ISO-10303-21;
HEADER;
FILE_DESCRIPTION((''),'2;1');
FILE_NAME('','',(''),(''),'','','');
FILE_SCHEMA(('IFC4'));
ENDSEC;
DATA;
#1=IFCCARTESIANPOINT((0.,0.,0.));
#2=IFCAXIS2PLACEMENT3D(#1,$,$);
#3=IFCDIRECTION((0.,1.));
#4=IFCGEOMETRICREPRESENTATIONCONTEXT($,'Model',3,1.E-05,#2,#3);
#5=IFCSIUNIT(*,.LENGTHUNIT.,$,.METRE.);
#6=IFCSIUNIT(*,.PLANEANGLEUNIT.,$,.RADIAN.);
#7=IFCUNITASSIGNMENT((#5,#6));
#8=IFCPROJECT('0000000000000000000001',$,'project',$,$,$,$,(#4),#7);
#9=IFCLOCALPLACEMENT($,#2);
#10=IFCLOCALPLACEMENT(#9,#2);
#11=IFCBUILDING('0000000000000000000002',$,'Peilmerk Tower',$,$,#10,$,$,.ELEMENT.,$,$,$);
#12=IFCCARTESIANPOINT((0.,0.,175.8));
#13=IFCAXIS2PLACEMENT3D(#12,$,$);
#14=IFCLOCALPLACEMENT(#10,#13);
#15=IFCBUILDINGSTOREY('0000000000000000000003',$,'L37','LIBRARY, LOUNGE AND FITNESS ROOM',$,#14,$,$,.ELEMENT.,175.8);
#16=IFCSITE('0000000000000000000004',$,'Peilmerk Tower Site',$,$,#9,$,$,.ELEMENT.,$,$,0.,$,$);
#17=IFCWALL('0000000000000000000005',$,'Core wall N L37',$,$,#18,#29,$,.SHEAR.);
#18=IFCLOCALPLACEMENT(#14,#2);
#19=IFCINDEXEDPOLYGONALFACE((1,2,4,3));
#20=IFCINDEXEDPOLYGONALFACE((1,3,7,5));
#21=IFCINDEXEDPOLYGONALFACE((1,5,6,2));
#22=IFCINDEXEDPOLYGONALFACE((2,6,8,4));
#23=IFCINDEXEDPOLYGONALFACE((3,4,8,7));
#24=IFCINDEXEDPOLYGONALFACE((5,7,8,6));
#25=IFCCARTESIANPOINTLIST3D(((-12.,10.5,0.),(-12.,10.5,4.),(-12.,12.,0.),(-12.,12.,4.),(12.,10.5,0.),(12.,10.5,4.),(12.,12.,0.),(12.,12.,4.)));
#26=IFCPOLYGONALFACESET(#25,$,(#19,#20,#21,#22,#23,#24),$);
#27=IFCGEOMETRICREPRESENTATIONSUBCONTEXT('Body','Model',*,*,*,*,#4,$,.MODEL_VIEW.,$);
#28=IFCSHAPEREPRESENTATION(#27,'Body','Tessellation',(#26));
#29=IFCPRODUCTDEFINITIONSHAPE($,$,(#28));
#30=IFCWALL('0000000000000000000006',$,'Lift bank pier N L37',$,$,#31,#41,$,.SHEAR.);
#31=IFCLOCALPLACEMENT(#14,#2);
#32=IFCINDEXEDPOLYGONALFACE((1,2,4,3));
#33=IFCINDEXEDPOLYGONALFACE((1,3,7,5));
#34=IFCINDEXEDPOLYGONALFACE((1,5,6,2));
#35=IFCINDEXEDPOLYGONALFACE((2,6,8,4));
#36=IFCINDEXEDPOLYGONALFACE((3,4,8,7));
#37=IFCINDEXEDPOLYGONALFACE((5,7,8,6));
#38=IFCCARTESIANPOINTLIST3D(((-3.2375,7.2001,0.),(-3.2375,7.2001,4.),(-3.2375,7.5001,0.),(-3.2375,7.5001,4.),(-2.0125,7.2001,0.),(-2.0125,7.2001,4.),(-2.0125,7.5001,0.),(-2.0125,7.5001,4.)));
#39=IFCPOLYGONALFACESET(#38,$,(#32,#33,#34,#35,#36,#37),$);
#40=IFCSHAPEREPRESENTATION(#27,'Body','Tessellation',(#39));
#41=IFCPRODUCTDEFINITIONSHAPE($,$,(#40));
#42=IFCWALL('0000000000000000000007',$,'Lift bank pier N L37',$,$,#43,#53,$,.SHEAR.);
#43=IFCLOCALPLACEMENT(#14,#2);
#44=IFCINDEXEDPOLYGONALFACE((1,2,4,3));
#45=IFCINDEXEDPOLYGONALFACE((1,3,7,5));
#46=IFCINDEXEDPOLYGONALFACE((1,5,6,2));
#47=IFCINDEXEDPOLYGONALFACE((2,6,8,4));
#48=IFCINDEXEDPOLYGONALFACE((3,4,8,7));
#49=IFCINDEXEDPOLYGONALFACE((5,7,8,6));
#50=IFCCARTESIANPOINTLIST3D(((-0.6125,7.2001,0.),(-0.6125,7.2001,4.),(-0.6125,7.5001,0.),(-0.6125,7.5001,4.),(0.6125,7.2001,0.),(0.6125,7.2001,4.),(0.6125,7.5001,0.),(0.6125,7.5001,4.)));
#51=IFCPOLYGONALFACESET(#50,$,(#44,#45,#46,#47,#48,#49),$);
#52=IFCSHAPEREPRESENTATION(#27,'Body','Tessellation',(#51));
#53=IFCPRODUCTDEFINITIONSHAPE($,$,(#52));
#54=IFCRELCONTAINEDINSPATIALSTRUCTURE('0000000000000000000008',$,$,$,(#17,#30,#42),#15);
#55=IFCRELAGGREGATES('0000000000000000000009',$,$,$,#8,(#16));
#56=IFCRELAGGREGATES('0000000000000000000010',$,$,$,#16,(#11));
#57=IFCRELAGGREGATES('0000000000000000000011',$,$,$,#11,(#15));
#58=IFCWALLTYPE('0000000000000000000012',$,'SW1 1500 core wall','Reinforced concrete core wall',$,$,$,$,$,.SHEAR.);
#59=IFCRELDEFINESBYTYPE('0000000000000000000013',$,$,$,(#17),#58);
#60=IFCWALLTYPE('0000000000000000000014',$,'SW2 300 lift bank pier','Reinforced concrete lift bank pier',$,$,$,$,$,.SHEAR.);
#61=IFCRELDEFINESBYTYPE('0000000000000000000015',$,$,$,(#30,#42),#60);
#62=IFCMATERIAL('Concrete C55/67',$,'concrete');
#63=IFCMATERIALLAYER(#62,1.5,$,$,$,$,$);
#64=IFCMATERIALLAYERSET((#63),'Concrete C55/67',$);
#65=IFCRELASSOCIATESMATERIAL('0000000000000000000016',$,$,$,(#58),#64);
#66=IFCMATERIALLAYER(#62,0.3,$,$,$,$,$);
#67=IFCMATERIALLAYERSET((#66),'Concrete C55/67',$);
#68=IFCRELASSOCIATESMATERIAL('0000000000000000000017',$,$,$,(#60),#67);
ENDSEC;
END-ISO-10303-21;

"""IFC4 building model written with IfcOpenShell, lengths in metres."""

from ifc_helpers import new_model, si_unit, direction, frame, frame_2d, origin, place, context, subcontext, project, spatial, rectangle, extrude, material, layer, layer_set, type_object, element, save


model = new_model("IFC4")

# Units and contexts
model_context = context("Model", 3, precision=1e-05, world=origin(), true_north=direction((0.0, 1.0)))
body_context = subcontext(model_context, "Body", "Model", "MODEL_VIEW")
ifc_project = project(units=[si_unit("LENGTHUNIT", "METRE"), si_unit("PLANEANGLEUNIT", "RADIAN")], contexts=[model_context])

# Site, building, storey
site_placement = place(None, origin())
site = spatial("IfcSite", under=ifc_project, at=site_placement, Name="Peilmerk Tower Site", CompositionType="ELEMENT", RefElevation=0.0)
building_placement = place(site_placement, origin())
building = spatial("IfcBuilding", under=site, at=building_placement, Name="Peilmerk Tower", CompositionType="ELEMENT")
storey_placement = place(building_placement, frame((0.0, 0.0, 175.8)))
storey = spatial("IfcBuildingStorey", under=building, at=storey_placement, Name="L37", Description="LIBRARY, LOUNGE AND FITNESS ROOM", CompositionType="ELEMENT", Elevation=175.8)

# Walls
ifc_material_1 = material(Name="Concrete C55/67", Category="concrete")
ifc_layer_1 = layer(ifc_material_1, 1.5)
ifc_layer_set_1 = layer_set([ifc_layer_1], Name="Concrete C55/67")
wall_type_1 = type_object("IfcWallType", Name="SW1 1500 core wall", Description="Reinforced concrete core wall", PredefinedType="SHEAR", material=ifc_layer_set_1)
wall_1_placement = place(storey_placement, frame((-12.0, 11.25, 0.0), z_axis=(0.0, 0.0, 1.0), x_axis=(1.0, 0.0, 0.0)))
element("IfcWall", 1, at=wall_1_placement, inside=storey, type_object=wall_type_1, Name="Core wall N L37", PredefinedType="SHEAR", context=body_context, shape_type="SweptSolid", body=[
    extrude(rectangle(XDim=24.0, YDim=1.5, at=frame_2d((12.0, 0.0))), origin(), (0.0, 0.0, 1.0), 4.0),
])
ifc_layer_2 = layer(ifc_material_1, 0.3)
ifc_layer_set_2 = layer_set([ifc_layer_2], Name="Concrete C55/67")
wall_type_2 = type_object("IfcWallType", Name="SW2 300 lift bank pier", Description="Reinforced concrete lift bank pier", PredefinedType="SHEAR", material=ifc_layer_set_2)
for number, where, z_axis, x_axis, name in (
    (2, (-3.2375, 7.3501, 0.0), (0.0, 0.0, 1.0), (1.0, 0.0, 0.0), "Lift bank pier N L37"),
    (3, (-0.6125, 7.3501, 0.0), (0.0, 0.0, 1.0), (1.0, 0.0, 0.0), "Lift bank pier N L37"),
):
    element("IfcWall", number, at=place(storey_placement, frame(where, z_axis=z_axis, x_axis=x_axis)), inside=storey, type_object=wall_type_2, Name=name, PredefinedType="SHEAR", context=body_context, shape_type="SweptSolid", body=[
        extrude(rectangle(XDim=1.2251, YDim=0.3, at=frame_2d((0.6125, 0.0))), origin(), (0.0, 0.0, 1.0), 4.0),
    ])

save(model, "model.ifc")
